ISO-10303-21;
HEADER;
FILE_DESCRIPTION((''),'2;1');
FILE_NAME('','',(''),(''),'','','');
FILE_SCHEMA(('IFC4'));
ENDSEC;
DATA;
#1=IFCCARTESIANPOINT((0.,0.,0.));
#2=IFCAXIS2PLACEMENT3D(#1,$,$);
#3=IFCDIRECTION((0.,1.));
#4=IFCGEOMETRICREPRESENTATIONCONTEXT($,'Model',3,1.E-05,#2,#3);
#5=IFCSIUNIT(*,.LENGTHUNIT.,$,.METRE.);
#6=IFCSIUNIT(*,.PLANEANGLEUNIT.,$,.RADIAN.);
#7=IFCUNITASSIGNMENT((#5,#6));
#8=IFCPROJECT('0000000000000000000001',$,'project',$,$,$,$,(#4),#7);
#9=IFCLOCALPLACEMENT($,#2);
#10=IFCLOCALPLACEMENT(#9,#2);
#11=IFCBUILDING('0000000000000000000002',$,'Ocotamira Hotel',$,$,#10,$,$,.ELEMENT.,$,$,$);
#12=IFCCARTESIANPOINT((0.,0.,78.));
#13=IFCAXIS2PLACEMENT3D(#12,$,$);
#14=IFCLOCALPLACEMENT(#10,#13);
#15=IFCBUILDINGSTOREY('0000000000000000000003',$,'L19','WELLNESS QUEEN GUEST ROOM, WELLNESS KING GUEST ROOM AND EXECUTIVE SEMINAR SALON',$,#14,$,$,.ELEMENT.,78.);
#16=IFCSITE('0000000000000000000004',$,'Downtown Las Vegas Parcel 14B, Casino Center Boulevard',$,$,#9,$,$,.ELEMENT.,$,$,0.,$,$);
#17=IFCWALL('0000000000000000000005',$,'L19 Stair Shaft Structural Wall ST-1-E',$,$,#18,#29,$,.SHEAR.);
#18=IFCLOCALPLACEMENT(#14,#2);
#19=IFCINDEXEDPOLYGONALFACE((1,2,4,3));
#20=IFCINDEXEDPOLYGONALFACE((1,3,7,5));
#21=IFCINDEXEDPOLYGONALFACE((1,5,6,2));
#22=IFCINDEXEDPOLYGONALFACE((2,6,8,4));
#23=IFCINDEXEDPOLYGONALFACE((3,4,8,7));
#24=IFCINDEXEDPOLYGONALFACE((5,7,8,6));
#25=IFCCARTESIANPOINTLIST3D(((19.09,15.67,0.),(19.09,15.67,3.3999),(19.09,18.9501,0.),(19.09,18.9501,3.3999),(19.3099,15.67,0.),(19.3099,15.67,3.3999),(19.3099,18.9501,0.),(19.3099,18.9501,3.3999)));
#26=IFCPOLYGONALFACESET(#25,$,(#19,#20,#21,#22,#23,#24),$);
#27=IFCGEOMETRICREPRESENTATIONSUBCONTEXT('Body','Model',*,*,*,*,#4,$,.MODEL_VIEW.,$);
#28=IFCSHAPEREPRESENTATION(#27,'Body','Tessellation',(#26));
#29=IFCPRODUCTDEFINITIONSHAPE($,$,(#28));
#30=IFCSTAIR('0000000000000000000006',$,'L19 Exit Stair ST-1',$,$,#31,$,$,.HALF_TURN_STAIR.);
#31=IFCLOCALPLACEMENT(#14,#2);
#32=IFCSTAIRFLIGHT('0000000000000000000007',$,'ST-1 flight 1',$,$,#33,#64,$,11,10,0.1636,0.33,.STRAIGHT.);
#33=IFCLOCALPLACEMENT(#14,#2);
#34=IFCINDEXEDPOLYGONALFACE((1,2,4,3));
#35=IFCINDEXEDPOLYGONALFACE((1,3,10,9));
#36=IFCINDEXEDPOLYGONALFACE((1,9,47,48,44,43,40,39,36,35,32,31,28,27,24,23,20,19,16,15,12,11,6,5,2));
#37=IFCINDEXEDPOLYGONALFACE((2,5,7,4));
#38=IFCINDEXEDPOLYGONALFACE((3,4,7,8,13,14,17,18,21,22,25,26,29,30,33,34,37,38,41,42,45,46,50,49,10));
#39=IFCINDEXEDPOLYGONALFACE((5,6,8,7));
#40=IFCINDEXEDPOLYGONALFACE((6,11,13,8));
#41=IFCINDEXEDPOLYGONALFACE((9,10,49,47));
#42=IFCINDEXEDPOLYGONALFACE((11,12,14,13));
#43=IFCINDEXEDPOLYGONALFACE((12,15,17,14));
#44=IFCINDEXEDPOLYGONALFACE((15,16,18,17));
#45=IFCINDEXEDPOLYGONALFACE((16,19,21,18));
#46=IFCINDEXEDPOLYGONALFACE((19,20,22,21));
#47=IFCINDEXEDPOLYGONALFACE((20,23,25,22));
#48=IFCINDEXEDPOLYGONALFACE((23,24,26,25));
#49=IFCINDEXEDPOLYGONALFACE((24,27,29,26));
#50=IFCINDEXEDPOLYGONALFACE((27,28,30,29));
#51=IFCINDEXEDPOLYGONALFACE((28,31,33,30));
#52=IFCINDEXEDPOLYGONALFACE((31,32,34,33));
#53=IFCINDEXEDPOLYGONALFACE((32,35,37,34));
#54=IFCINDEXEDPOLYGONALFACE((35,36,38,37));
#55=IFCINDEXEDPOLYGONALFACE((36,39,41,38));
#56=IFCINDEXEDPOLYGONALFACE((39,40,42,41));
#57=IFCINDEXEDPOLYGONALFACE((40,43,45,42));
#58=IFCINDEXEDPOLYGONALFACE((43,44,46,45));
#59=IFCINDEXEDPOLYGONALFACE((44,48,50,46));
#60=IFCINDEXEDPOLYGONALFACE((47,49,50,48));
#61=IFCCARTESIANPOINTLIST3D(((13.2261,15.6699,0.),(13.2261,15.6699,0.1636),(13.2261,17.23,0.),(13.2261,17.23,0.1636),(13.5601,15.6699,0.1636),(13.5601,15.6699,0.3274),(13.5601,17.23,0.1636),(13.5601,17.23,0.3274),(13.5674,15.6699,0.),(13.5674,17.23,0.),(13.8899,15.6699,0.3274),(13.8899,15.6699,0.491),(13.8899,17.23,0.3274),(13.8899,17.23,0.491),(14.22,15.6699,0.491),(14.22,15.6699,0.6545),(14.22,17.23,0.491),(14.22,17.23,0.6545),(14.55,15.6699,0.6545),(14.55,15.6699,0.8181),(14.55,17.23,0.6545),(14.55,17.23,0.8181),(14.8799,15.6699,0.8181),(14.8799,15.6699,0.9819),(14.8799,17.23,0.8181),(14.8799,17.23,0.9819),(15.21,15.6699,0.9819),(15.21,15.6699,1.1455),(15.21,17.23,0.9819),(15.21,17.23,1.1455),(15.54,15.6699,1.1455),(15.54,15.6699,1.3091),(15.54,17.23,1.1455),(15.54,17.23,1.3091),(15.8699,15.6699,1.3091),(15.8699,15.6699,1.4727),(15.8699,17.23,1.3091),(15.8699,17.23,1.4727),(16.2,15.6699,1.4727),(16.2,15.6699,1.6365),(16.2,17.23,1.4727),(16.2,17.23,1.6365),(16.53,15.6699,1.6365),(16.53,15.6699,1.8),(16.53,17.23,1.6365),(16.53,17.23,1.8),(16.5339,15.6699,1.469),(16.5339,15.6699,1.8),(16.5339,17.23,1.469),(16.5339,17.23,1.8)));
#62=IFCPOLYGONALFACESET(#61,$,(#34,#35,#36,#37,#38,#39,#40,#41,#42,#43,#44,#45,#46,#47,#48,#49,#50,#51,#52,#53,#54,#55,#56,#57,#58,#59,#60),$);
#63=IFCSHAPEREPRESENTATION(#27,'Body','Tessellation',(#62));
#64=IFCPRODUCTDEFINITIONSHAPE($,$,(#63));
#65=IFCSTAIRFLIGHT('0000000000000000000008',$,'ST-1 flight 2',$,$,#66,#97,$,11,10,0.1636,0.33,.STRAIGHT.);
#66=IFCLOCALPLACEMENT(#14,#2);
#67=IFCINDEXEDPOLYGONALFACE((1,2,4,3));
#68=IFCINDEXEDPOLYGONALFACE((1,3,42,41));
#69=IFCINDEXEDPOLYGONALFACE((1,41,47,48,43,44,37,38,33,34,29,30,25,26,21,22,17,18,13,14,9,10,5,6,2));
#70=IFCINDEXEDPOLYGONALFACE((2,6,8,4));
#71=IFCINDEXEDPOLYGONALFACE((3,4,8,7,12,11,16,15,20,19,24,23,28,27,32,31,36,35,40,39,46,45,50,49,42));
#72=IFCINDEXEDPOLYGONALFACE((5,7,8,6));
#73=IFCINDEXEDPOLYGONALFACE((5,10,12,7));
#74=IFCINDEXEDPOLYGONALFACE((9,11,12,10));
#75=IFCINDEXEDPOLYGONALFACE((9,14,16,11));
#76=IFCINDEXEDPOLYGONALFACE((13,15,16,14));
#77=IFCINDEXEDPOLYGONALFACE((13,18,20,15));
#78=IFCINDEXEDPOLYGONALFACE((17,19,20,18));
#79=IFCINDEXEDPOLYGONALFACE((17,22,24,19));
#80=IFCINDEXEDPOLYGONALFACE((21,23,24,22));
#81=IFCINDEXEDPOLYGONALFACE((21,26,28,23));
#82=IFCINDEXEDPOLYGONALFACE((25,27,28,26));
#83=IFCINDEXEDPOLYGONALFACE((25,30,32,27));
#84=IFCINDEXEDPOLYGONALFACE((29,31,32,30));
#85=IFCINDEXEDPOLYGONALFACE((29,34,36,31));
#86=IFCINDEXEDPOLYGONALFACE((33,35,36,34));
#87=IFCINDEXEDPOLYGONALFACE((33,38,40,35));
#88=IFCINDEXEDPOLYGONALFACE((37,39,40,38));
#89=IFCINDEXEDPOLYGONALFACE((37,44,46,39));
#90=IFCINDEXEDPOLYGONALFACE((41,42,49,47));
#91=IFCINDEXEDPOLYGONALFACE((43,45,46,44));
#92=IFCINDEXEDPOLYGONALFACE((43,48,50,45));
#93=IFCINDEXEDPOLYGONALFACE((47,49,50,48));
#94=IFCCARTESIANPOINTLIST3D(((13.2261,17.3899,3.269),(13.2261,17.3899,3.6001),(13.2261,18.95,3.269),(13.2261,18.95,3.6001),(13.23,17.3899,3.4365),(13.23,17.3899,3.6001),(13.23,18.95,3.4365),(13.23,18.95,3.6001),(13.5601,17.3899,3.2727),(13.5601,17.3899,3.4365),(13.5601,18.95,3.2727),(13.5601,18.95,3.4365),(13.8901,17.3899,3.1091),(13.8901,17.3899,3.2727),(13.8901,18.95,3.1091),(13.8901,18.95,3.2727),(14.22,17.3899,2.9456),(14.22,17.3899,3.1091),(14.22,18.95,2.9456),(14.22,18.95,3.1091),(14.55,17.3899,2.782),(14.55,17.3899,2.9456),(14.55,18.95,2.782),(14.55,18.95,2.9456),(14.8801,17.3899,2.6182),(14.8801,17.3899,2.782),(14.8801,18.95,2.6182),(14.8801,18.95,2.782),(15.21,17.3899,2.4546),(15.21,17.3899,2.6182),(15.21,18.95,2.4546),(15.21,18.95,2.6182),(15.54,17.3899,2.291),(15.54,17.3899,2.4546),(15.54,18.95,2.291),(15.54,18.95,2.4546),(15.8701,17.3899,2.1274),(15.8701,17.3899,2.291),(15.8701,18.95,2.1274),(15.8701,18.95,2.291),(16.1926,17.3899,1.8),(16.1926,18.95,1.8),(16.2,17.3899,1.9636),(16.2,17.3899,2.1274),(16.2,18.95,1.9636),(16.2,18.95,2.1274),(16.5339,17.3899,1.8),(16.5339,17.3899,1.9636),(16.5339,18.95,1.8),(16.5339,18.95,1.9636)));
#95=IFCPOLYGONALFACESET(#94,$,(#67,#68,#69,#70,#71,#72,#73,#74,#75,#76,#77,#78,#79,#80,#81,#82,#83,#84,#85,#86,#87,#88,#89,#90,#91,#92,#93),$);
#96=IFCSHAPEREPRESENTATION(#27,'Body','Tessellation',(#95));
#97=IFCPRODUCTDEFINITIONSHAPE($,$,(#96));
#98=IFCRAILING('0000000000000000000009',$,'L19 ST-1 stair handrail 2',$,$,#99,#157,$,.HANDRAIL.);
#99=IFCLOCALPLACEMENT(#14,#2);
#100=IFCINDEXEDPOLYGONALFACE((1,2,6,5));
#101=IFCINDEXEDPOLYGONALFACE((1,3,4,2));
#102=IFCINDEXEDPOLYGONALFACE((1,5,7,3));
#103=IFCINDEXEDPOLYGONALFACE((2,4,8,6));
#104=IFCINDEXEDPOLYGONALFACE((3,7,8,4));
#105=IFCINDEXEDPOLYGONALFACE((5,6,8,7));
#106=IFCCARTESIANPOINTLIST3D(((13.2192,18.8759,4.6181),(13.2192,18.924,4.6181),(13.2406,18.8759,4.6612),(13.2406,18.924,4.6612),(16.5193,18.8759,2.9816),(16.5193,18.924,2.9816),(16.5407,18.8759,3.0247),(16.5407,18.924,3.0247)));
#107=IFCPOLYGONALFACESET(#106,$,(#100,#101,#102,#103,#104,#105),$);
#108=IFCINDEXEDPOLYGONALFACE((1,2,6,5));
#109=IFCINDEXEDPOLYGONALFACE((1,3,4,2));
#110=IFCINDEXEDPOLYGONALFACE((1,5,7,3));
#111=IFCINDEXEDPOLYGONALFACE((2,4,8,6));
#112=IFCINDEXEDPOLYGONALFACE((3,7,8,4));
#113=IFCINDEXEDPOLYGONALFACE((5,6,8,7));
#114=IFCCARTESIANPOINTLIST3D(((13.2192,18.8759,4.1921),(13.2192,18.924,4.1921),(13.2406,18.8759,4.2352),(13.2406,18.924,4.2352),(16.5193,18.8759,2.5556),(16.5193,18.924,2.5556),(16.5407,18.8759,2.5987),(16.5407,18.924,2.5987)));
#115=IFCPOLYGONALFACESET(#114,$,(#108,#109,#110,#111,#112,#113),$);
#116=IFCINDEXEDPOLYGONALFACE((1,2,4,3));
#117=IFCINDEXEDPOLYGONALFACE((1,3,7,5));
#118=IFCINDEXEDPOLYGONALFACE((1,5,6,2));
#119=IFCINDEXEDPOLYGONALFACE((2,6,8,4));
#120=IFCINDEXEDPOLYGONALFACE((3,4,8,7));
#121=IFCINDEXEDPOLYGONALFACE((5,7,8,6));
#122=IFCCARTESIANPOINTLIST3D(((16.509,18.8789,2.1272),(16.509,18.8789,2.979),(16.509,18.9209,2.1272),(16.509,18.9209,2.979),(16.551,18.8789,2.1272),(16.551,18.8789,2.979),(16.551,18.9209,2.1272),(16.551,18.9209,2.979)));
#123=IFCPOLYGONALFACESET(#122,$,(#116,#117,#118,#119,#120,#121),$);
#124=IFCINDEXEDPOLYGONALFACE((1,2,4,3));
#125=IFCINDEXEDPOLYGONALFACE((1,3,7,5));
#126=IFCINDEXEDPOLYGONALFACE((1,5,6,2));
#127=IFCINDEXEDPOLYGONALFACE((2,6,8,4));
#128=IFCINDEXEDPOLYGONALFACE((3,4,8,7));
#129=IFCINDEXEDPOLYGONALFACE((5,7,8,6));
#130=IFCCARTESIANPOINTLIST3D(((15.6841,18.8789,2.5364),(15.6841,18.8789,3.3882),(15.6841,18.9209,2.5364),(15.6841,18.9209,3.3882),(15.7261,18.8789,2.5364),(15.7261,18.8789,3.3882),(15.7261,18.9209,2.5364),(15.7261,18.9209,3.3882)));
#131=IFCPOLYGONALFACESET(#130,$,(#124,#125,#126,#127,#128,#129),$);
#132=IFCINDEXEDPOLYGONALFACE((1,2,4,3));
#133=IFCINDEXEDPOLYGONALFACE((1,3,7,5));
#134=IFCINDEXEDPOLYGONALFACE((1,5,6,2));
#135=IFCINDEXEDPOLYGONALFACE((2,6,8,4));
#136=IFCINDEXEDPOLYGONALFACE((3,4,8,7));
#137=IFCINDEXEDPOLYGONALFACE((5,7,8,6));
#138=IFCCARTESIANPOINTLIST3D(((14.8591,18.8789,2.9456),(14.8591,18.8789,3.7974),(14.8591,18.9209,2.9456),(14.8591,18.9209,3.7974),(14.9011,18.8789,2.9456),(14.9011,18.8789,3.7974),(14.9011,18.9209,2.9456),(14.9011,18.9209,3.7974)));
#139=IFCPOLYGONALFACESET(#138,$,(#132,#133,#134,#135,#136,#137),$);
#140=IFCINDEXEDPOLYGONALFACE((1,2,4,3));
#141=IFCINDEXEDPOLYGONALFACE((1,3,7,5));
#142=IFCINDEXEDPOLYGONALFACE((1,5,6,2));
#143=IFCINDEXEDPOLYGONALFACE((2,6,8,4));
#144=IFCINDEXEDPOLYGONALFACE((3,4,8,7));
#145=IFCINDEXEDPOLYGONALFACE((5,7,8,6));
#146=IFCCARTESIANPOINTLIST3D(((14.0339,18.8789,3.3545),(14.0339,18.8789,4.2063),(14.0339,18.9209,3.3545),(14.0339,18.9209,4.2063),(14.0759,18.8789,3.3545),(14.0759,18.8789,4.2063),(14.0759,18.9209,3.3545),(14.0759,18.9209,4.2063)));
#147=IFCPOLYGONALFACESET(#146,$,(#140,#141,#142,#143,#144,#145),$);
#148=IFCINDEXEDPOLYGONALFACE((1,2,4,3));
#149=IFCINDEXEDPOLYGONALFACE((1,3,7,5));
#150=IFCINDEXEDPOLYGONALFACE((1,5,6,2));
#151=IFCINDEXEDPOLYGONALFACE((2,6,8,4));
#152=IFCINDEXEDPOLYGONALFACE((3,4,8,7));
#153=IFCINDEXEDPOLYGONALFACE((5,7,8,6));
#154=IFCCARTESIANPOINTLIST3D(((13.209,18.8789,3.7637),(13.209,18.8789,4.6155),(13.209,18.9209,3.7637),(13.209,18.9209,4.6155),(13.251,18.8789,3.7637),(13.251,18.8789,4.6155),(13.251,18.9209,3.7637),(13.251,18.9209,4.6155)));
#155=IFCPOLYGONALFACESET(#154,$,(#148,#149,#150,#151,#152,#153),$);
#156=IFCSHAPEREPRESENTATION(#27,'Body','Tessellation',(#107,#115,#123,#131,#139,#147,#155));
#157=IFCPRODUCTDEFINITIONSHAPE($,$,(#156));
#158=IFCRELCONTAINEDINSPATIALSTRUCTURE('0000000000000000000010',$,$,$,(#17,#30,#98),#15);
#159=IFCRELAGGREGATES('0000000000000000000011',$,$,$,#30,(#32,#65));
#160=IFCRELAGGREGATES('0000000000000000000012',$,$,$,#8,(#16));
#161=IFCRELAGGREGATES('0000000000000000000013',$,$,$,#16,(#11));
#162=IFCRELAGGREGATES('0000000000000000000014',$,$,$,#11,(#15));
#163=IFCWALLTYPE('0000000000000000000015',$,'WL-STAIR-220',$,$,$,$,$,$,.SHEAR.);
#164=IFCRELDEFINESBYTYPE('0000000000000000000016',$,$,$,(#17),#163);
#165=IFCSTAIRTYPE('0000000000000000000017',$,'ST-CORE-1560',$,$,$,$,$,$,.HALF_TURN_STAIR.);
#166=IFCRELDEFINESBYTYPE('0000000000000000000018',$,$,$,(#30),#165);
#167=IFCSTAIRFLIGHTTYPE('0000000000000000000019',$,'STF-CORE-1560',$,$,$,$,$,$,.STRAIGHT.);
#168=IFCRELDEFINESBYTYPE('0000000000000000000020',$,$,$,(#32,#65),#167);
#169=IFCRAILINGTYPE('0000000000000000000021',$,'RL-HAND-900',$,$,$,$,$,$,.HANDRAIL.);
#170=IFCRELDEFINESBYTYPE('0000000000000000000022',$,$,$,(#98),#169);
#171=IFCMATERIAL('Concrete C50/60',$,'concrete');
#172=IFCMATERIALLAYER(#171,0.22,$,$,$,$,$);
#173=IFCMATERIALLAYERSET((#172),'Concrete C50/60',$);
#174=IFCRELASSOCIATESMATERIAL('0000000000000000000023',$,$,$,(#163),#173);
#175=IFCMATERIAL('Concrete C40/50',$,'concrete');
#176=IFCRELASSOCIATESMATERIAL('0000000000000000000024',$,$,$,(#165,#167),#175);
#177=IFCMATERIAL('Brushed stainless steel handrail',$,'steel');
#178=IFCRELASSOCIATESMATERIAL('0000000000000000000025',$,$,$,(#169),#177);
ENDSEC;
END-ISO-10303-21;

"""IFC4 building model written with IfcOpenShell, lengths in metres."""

from ifc_helpers import new_model, si_unit, direction, frame, frame_2d, origin, origin_2d, place, context, subcontext, project, spatial, polyline, rectangle, outline, extrude, source, transform, mapped, material, layer, layer_set, type_object, element, aggregate, save


model = new_model("IFC4")

# Units and contexts
model_context = context("Model", 3, precision=1e-05, world=origin(), true_north=direction((0.0, 1.0)))
body_context = subcontext(model_context, "Body", "Model", "MODEL_VIEW")
ifc_project = project(units=[si_unit("LENGTHUNIT", "METRE"), si_unit("PLANEANGLEUNIT", "RADIAN")], contexts=[model_context])

# Site, building, storey
site_placement = place(None, origin())
site = spatial("IfcSite", under=ifc_project, at=site_placement, Name="Downtown Las Vegas Parcel 14B, Casino Center Boulevard", CompositionType="ELEMENT", RefElevation=0.0)
building_placement = place(site_placement, origin())
building = spatial("IfcBuilding", under=site, at=building_placement, Name="Ocotamira Hotel", CompositionType="ELEMENT")
storey_placement = place(building_placement, frame((0.0, 0.0, 78.0)))
storey = spatial("IfcBuildingStorey", under=building, at=storey_placement, Name="L19", Description="WELLNESS QUEEN GUEST ROOM, WELLNESS KING GUEST ROOM AND EXECUTIVE SEMINAR SALON", CompositionType="ELEMENT", Elevation=78.0)

# Wall
ifc_material_1 = material(Name="Concrete C50/60", Category="concrete")
ifc_layer_1 = layer(ifc_material_1, 0.22)
ifc_layer_set_1 = layer_set([ifc_layer_1], Name="Concrete C50/60")
wall_type_1 = type_object("IfcWallType", Name="WL-STAIR-220", PredefinedType="SHEAR", material=ifc_layer_set_1)
wall_1_placement = place(storey_placement, frame((19.2, 15.6699, 0.0), z_axis=(0.0, 0.0, 1.0), x_axis=(0.0, 1.0, 0.0)))
element("IfcWall", 1, at=wall_1_placement, inside=storey, type_object=wall_type_1, Name="L19 Stair Shaft Structural Wall ST-1-E", PredefinedType="SHEAR", context=body_context, shape_type="SweptSolid", body=[
    extrude(rectangle(XDim=3.28, YDim=0.22, at=frame_2d((1.6401, 0.0))), origin(), (0.0, 0.0, 1.0), 3.3999),
])

# Stair, stair flights
ifc_material_2 = material(Name="Concrete C40/50", Category="concrete")
stair_type = type_object("IfcStairType", Name="ST-CORE-1560", PredefinedType="HALF_TURN_STAIR", material=ifc_material_2)
stair_placement = place(storey_placement, origin())
stair = element("IfcStair", 2, at=stair_placement, inside=storey, type_object=stair_type, Name="L19 Exit Stair ST-1", PredefinedType="HALF_TURN_STAIR")
stair_flight_type = type_object("IfcStairFlightType", Name="STF-CORE-1560", PredefinedType="STRAIGHT", material=ifc_material_2)
shared_shape_1 = source(origin(), body_context, "Body", "SweptSolid", [
    extrude(outline(polyline([(-0.0039, 0.0), (-0.0039, 0.1636), (0.3301, 0.1636), (0.3301, 0.3274), (0.6599, 0.3274), (0.6599, 0.491), (0.99, 0.491), (0.99, 0.6545), (1.3201, 0.6545), (1.3201, 0.8181), (1.6499, 0.8181), (1.6499, 0.9819), (1.98, 0.9819), (1.98, 1.1455), (2.3101, 1.1455), (2.3101, 1.3091), (2.6399, 1.3091), (2.6399, 1.4727), (2.97, 1.4727), (2.97, 1.6365), (3.3, 1.6365), (3.3, 1.8), (3.304, 1.8), (3.304, 1.469), (0.3374, 0.0), (-0.0039, 0.0)])), frame((0.0, 0.78, 0.0), z_axis=(0.0, -1.0, 0.0), x_axis=(1.0, 0.0, 0.0)), (0.0, 0.0, 1.0), 1.5601),
])
stair_flight_1_placement = place(storey_placement, frame((13.23, 16.45, 0.0), z_axis=(0.0, 0.0, 1.0), x_axis=(1.0, 0.0, 0.0)))
stair_flight_1 = element("IfcStairFlight", 3, at=stair_flight_1_placement, type_object=stair_flight_type, Name="ST-1 flight 1", NumberOfRisers=11, NumberOfTreads=10, PredefinedType="STRAIGHT", RiserHeight=0.1636, TreadLength=0.33, context=body_context, shape_type="MappedRepresentation", body=[
    mapped(shared_shape_1, transform((0.0, 0.0, 0.0), scale=1.0)),
])
stair_flight_2_placement = place(storey_placement, frame((16.53, 18.1699, 1.8), z_axis=(0.0, 0.0, 1.0), x_axis=(-1.0, 0.0, 0.0)))
stair_flight_2 = element("IfcStairFlight", 4, at=stair_flight_2_placement, type_object=stair_flight_type, Name="ST-1 flight 2", NumberOfRisers=11, NumberOfTreads=10, PredefinedType="STRAIGHT", RiserHeight=0.1636, TreadLength=0.33, context=body_context, shape_type="MappedRepresentation", body=[
    mapped(shared_shape_1, transform((0.0, 0.0, 0.0), scale=1.0)),
])
aggregate(stair, [stair_flight_1, stair_flight_2])

# Railing
ifc_material_3 = material(Name="Brushed stainless steel handrail", Category="steel")
railing_type_1 = type_object("IfcRailingType", Name="RL-HAND-900", PredefinedType="HANDRAIL", material=ifc_material_3)
railing_1_placement = place(storey_placement, frame((16.53, 18.8999, 2.1272)))
element("IfcRailing", 5, at=railing_1_placement, inside=storey, type_object=railing_type_1, Name="L19 ST-1 stair handrail 2", PredefinedType="HANDRAIL", context=body_context, shape_type="SweptSolid", body=[
    extrude(rectangle(XDim=0.0481, YDim=0.0481, at=origin_2d()), frame((0.0, 0.0, 0.876), z_axis=(-0.895894, 0.0, 0.444268), x_axis=(0.0, -1.0, 0.0)), (0.0, 0.0, 1.0), 3.6836),
    extrude(rectangle(XDim=0.0481, YDim=0.0481, at=origin_2d()), frame((0.0, 0.0, 0.45), z_axis=(-0.895894, 0.0, 0.444268), x_axis=(0.0, -1.0, 0.0)), (0.0, 0.0, 1.0), 3.6836),
    extrude(rectangle(XDim=0.042, YDim=0.042, at=origin_2d()), origin(), (0.0, 0.0, 1.0), 0.8518),
    extrude(rectangle(XDim=0.042, YDim=0.042, at=origin_2d()), frame((-0.825, 0.0, 0.4092)), (0.0, 0.0, 1.0), 0.8518),
    extrude(rectangle(XDim=0.042, YDim=0.042, at=origin_2d()), frame((-1.6499, 0.0, 0.8184)), (0.0, 0.0, 1.0), 0.8518),
    extrude(rectangle(XDim=0.042, YDim=0.042, at=origin_2d()), frame((-2.4751, 0.0, 1.2273)), (0.0, 0.0, 1.0), 0.8518),
    extrude(rectangle(XDim=0.042, YDim=0.042, at=origin_2d()), frame((-3.3, 0.0, 1.6365)), (0.0, 0.0, 1.0), 0.8518),
])

save(model, "model.ifc")
